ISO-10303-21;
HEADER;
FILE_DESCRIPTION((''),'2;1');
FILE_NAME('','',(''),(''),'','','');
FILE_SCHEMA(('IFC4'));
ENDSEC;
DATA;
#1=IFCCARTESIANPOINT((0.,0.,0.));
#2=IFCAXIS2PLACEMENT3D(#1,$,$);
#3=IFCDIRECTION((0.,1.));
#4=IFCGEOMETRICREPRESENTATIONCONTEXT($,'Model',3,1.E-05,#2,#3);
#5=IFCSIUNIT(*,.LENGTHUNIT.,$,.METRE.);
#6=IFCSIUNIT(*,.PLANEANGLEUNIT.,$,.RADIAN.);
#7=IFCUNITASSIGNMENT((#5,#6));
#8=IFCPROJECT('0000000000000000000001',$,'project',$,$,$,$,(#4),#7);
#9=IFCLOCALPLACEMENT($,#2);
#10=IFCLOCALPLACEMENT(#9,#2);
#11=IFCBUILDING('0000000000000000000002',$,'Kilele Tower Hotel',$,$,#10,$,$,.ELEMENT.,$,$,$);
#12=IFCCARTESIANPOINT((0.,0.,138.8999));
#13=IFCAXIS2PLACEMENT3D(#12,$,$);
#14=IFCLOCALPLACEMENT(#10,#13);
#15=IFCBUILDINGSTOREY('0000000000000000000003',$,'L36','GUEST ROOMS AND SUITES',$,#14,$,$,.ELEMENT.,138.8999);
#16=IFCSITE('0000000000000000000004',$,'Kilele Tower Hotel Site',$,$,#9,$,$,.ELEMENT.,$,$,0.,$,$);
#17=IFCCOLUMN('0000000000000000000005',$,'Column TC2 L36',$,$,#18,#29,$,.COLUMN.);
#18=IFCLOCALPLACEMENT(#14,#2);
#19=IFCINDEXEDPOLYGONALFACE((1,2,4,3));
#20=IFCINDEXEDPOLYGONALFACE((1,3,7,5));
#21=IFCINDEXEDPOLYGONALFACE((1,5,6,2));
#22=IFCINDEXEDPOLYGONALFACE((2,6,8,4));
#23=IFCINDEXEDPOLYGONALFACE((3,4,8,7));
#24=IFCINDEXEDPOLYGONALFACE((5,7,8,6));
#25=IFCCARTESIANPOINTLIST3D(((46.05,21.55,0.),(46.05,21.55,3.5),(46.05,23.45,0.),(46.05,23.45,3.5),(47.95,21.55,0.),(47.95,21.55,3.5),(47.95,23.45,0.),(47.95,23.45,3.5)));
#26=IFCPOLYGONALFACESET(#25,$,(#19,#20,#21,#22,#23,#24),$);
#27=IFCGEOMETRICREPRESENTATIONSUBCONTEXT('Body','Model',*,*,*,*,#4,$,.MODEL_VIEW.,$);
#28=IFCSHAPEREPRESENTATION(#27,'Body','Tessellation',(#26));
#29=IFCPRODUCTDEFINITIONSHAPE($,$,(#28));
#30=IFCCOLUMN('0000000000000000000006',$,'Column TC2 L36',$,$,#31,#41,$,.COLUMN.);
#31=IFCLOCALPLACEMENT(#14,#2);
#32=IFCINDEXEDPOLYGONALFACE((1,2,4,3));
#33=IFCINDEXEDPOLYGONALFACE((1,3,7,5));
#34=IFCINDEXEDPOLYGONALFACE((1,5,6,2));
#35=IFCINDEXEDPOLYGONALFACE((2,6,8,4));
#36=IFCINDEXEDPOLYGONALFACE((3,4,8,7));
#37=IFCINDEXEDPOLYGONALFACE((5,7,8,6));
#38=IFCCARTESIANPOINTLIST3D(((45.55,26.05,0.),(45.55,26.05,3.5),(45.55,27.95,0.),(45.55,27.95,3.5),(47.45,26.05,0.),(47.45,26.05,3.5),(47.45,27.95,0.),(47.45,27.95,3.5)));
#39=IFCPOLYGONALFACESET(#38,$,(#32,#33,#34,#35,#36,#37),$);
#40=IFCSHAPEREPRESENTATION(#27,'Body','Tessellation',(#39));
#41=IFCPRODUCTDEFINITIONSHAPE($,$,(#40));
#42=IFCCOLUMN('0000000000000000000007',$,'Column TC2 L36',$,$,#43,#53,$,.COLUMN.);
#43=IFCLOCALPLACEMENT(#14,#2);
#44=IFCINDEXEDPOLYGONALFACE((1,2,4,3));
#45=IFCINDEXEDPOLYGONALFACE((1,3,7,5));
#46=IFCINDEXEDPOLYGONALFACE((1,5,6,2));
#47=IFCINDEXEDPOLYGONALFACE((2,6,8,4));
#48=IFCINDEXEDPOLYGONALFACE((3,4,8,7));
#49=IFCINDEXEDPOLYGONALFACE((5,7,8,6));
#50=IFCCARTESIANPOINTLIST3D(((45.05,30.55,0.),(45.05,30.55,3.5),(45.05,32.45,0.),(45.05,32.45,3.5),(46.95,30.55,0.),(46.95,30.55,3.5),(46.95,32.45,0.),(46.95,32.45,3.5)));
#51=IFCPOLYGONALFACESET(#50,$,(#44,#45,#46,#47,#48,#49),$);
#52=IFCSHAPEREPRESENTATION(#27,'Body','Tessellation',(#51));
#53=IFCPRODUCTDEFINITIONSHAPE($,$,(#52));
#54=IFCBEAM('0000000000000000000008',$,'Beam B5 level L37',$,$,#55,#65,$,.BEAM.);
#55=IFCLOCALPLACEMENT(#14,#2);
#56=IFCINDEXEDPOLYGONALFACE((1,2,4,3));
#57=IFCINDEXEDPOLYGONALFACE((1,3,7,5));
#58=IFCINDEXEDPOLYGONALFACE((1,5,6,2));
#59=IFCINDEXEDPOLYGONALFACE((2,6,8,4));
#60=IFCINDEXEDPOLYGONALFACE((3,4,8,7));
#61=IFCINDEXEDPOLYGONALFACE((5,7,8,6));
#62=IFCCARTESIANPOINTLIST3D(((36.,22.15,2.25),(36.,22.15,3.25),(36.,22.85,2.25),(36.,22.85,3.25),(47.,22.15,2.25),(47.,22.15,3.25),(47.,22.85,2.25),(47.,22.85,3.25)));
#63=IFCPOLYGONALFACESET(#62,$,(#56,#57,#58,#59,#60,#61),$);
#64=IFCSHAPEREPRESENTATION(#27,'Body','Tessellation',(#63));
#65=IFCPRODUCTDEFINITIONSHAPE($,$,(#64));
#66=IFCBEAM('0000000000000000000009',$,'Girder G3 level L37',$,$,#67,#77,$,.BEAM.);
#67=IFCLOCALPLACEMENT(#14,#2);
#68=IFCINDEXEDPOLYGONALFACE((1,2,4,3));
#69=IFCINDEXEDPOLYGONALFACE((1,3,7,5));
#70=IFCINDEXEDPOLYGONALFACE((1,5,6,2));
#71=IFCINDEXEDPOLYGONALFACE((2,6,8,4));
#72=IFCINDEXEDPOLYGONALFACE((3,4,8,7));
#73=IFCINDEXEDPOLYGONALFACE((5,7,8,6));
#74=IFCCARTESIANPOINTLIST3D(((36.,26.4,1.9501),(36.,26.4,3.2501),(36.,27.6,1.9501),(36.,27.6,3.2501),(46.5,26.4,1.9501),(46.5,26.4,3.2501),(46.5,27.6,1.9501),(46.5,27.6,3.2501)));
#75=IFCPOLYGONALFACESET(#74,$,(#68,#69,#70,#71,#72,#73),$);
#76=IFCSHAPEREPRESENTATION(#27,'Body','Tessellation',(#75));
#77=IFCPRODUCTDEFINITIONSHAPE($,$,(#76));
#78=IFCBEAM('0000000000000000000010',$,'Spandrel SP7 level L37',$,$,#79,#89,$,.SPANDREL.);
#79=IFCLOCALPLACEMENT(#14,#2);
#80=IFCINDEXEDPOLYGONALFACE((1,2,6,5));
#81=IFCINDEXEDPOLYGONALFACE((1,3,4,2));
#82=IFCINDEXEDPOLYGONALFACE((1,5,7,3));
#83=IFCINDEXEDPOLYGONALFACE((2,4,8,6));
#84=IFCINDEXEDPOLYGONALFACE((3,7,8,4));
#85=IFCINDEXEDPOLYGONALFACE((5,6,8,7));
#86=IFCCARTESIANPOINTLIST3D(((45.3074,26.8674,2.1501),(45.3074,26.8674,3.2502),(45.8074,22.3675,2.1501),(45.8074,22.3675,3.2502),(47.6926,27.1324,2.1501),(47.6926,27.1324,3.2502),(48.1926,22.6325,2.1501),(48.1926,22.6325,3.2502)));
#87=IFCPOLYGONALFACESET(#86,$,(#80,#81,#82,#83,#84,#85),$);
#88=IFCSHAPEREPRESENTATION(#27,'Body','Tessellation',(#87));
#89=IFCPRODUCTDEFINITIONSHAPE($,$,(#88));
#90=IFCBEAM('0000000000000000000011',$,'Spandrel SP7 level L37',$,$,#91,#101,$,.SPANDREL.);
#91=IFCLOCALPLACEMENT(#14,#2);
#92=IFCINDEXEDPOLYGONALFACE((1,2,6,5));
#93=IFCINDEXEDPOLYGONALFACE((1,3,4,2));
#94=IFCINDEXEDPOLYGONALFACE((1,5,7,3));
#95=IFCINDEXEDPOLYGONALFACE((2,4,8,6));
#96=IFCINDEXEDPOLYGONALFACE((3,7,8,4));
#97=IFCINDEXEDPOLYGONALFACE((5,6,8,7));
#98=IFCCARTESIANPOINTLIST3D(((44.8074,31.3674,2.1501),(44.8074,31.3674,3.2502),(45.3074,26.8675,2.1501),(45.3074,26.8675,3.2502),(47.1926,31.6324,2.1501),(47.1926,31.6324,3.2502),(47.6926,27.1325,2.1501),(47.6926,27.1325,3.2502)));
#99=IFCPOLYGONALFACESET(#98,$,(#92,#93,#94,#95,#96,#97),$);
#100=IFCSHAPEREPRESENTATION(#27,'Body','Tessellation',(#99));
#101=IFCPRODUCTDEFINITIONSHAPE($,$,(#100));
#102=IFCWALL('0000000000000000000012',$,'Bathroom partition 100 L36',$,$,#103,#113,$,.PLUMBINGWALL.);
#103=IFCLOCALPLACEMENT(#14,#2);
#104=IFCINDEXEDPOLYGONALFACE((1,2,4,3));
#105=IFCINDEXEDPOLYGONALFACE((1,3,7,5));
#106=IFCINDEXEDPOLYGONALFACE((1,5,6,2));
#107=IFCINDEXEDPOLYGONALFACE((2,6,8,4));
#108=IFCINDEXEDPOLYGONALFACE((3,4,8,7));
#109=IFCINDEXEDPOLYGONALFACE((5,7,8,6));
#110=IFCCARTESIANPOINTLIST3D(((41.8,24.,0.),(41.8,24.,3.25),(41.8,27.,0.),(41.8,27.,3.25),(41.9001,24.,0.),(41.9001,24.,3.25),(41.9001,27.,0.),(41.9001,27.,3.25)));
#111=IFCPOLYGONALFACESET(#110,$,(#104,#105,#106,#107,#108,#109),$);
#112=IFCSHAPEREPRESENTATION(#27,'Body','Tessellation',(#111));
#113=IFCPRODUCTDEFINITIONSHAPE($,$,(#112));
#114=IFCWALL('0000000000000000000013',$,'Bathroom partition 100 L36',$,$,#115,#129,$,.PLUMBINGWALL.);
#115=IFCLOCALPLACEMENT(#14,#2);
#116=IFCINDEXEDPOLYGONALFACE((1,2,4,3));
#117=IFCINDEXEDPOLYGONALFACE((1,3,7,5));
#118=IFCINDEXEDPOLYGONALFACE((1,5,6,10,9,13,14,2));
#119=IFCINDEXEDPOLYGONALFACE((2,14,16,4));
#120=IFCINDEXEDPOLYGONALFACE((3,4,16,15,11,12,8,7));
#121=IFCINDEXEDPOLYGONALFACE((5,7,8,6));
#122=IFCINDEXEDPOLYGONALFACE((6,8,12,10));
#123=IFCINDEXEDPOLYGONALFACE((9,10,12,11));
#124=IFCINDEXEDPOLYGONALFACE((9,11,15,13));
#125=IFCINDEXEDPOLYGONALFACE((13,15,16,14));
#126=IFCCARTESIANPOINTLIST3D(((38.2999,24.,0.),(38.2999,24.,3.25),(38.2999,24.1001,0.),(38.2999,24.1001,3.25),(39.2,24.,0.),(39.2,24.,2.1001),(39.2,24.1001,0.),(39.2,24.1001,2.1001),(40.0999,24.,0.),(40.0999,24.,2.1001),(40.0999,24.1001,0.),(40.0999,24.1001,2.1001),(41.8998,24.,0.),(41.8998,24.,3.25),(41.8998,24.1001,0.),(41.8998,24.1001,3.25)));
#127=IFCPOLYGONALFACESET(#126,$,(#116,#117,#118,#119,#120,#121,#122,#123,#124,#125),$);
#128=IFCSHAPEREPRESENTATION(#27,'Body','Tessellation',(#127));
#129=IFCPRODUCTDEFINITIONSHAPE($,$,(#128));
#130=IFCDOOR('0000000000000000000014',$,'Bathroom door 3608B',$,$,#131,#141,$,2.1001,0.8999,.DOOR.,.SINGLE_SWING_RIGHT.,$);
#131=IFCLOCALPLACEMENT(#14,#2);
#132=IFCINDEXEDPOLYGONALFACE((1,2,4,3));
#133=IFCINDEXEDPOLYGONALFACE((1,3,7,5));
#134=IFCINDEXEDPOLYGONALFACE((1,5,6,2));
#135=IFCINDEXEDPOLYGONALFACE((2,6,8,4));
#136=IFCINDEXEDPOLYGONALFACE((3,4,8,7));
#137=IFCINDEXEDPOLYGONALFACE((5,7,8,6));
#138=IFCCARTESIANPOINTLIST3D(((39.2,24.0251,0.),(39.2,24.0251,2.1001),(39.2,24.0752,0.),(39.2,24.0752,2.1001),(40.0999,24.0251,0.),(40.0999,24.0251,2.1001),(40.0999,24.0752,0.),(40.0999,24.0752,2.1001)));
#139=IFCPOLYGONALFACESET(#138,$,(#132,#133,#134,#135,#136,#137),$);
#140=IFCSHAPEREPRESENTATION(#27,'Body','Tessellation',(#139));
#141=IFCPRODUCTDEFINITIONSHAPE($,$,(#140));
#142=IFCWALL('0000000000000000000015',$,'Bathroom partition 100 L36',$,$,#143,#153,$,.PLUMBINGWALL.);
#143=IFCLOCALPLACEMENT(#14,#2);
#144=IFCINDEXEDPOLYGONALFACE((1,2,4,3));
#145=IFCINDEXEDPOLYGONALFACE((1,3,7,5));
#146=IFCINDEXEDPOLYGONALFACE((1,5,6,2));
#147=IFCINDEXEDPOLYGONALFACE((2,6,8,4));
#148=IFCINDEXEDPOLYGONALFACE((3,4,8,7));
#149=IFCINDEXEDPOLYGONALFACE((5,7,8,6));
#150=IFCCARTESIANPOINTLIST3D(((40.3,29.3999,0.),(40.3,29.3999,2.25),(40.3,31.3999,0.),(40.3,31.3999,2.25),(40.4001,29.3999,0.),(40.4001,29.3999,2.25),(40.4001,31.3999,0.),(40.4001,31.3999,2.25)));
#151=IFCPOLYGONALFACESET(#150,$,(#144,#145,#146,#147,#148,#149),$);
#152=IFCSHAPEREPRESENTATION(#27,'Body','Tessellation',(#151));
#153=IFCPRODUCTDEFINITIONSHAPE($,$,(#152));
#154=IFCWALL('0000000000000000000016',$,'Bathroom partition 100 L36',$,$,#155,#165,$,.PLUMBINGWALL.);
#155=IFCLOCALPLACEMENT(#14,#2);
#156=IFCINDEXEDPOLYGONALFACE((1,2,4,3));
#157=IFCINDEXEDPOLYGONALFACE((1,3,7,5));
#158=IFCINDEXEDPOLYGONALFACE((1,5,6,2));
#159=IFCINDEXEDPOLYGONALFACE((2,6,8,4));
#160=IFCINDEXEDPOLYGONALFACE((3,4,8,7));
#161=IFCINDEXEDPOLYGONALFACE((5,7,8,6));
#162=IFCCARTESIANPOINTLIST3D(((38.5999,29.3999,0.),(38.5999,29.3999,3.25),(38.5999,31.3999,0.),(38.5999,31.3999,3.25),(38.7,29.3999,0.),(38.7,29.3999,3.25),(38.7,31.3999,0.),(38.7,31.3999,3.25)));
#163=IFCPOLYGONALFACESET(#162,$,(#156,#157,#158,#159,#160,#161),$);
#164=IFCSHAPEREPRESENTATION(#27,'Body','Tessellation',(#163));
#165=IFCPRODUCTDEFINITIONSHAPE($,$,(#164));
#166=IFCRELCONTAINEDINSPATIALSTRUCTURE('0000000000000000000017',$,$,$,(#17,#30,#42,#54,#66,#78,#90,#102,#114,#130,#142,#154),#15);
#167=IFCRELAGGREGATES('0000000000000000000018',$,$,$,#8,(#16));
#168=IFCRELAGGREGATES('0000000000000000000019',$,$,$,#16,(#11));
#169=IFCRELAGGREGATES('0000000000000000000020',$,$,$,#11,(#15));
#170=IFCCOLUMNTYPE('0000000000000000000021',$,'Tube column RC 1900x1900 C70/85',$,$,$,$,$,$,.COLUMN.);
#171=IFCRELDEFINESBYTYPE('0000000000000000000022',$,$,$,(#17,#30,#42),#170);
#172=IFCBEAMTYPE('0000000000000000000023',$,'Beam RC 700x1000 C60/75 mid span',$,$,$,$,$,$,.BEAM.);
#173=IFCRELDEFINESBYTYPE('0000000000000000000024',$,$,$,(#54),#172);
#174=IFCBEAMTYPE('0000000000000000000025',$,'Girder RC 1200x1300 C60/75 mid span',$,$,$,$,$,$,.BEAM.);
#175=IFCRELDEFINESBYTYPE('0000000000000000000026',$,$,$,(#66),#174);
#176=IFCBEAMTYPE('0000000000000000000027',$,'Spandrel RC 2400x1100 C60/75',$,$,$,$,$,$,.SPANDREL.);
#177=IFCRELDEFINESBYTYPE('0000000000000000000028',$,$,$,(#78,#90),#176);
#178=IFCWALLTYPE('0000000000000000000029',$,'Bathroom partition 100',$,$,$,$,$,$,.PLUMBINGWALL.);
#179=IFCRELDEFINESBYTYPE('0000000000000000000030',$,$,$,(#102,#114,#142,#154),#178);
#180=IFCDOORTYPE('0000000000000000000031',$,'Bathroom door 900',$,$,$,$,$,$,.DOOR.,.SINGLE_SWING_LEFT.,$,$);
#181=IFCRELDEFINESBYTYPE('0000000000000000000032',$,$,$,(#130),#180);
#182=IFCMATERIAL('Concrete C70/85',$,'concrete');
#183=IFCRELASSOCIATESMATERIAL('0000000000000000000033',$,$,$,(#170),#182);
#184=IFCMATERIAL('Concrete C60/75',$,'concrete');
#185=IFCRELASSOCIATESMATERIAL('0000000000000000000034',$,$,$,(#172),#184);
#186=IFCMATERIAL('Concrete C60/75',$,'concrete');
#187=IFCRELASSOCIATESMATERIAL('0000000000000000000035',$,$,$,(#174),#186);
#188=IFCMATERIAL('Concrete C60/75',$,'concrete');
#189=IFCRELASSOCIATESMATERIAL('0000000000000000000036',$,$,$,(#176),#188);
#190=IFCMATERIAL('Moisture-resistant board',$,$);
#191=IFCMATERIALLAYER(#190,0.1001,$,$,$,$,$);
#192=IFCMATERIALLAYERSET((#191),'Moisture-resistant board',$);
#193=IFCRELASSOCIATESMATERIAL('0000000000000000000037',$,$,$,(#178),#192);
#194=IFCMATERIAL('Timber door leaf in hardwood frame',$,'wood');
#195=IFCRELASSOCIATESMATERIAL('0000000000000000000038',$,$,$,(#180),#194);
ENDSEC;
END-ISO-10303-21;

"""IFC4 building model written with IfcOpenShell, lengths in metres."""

from ifc_helpers import new_model, si_unit, direction, frame, frame_2d, origin, origin_2d, place, context, subcontext, project, spatial, rectangle, extrude, material, layer, layer_set, material_profile, profile_set, type_object, element, fill, save


model = new_model("IFC4")

# Units and contexts
model_context = context("Model", 3, precision=1e-05, world=origin(), true_north=direction((0.0, 1.0)))
body_context = subcontext(model_context, "Body", "Model", "MODEL_VIEW")
ifc_project = project(units=[si_unit("LENGTHUNIT", "METRE"), si_unit("PLANEANGLEUNIT", "RADIAN")], contexts=[model_context])

# Site, building, storey
site_placement = place(None, origin())
site = spatial("IfcSite", under=ifc_project, at=site_placement, Name="Kilele Tower Hotel Site", CompositionType="ELEMENT", RefElevation=0.0)
building_placement = place(site_placement, origin())
building = spatial("IfcBuilding", under=site, at=building_placement, Name="Kilele Tower Hotel", CompositionType="ELEMENT")
storey_placement = place(building_placement, frame((0.0, 0.0, 138.8999)))
storey = spatial("IfcBuildingStorey", under=building, at=storey_placement, Name="L36", Description="GUEST ROOMS AND SUITES", CompositionType="ELEMENT", Elevation=138.8999)

# Columns
ifc_material_1 = material(Name="Concrete C70/85", Category="concrete")
ifc_material_profile_1 = material_profile(ifc_material_1, rectangle(XDim=1.8999, YDim=1.8999, at=origin_2d()))
ifc_profile_set_1 = profile_set([ifc_material_profile_1], Name="Concrete C70/85")
column_type = type_object("IfcColumnType", Name="Tube column RC 1900x1900 C70/85", PredefinedType="COLUMN", material=ifc_profile_set_1)
for number, where, z_axis, x_axis, name in (
    (1, (47.0, 22.5, 0.0), (0.0, 0.0, 1.0), (1.0, 0.0, 0.0), "Column TC2 L36"),
    (2, (46.5, 27.0, 0.0), (0.0, 0.0, 1.0), (1.0, 0.0, 0.0), "Column TC2 L36"),
    (3, (46.0, 31.5, 0.0), (0.0, 0.0, 1.0), (1.0, 0.0, 0.0), "Column TC2 L36"),
):
    element("IfcColumn", number, at=place(storey_placement, frame(where, z_axis=z_axis, x_axis=x_axis)), inside=storey, type_object=column_type, Name=name, PredefinedType="COLUMN", context=body_context, shape_type="SweptSolid", body=[
        extrude(rectangle(XDim=1.8999, YDim=1.8999, at=origin_2d()), origin(), (0.0, 0.0, 1.0), 3.5),
    ])

# Beams
ifc_material_2 = material(Name="Concrete C60/75", Category="concrete")
ifc_material_profile_2 = material_profile(ifc_material_2, rectangle(XDim=0.7, YDim=1.0, at=origin_2d()))
ifc_profile_set_2 = profile_set([ifc_material_profile_2], Name="Concrete C60/75")
beam_type_1 = type_object("IfcBeamType", Name="Beam RC 700x1000 C60/75 mid span", PredefinedType="BEAM", material=ifc_profile_set_2)
beam_1_placement = place(storey_placement, frame((47.0, 22.5, 2.75), z_axis=(-1.0, 0.0, 0.0), x_axis=(0.0, -1.0, 0.0)))
element("IfcBeam", 4, at=beam_1_placement, inside=storey, type_object=beam_type_1, Name="Beam B5 level L37", PredefinedType="BEAM", context=body_context, shape_type="SweptSolid", body=[
    extrude(rectangle(XDim=0.7, YDim=1.0, at=origin_2d()), origin(), (0.0, 0.0, 1.0), 11.0),
])
ifc_material_3 = material(Name="Concrete C60/75", Category="concrete")
ifc_material_profile_3 = material_profile(ifc_material_3, rectangle(XDim=1.2, YDim=1.3, at=origin_2d()))
ifc_profile_set_3 = profile_set([ifc_material_profile_3], Name="Concrete C60/75")
beam_type_2 = type_object("IfcBeamType", Name="Girder RC 1200x1300 C60/75 mid span", PredefinedType="BEAM", material=ifc_profile_set_3)
beam_2_placement = place(storey_placement, frame((46.5, 27.0, 2.6001), z_axis=(-1.0, 0.0, 0.0), x_axis=(0.0, -1.0, 0.0)))
element("IfcBeam", 5, at=beam_2_placement, inside=storey, type_object=beam_type_2, Name="Girder G3 level L37", PredefinedType="BEAM", context=body_context, shape_type="SweptSolid", body=[
    extrude(rectangle(XDim=1.2, YDim=1.3, at=origin_2d()), origin(), (0.0, 0.0, 1.0), 10.5),
])
ifc_material_4 = material(Name="Concrete C60/75", Category="concrete")
ifc_material_profile_4 = material_profile(ifc_material_4, rectangle(XDim=2.3999, YDim=1.1001, at=origin_2d()))
ifc_profile_set_4 = profile_set([ifc_material_profile_4], Name="Concrete C60/75")
beam_type_3 = type_object("IfcBeamType", Name="Spandrel RC 2400x1100 C60/75", PredefinedType="SPANDREL", material=ifc_profile_set_4)
for number, where, z_axis, x_axis, name in (
    (6, (47.0, 22.5, 2.7002), (-0.110432, 0.993884, 0.0), (-0.993884, -0.110432, 0.0), "Spandrel SP7 level L37"),
    (7, (46.5, 27.0, 2.7002), (-0.110432, 0.993884, 0.0), (-0.993884, -0.110432, 0.0), "Spandrel SP7 level L37"),
):
    element("IfcBeam", number, at=place(storey_placement, frame(where, z_axis=z_axis, x_axis=x_axis)), inside=storey, type_object=beam_type_3, Name=name, PredefinedType="SPANDREL", context=body_context, shape_type="SweptSolid", body=[
        extrude(rectangle(XDim=2.3999, YDim=1.1001, at=origin_2d()), origin(), (0.0, 0.0, 1.0), 4.5276),
    ])

# Wall
ifc_material_5 = material(Name="Moisture-resistant board")
ifc_layer_1 = layer(ifc_material_5, 0.1001)
ifc_layer_set_1 = layer_set([ifc_layer_1], Name="Moisture-resistant board")
wall_type_1 = type_object("IfcWallType", Name="Bathroom partition 100", PredefinedType="PLUMBINGWALL", material=ifc_layer_set_1)
wall_1_placement = place(storey_placement, frame((41.8501, 24.0, 0.0), z_axis=(0.0, 0.0, 1.0), x_axis=(0.0, 1.0, 0.0)))
element("IfcWall", 8, at=wall_1_placement, inside=storey, type_object=wall_type_1, Name="Bathroom partition 100 L36", PredefinedType="PLUMBINGWALL", context=body_context, shape_type="SweptSolid", body=[
    extrude(rectangle(XDim=3.0, YDim=0.1001, at=frame_2d((1.5, 0.0))), origin(), (0.0, 0.0, 1.0), 3.25),
])

# Wall, opening, door
wall_2_placement = place(storey_placement, frame((38.3, 24.05, 0.0), z_axis=(0.0, 0.0, 1.0), x_axis=(1.0, 0.0, 0.0)))
wall_2 = element("IfcWall", 9, at=wall_2_placement, inside=storey, type_object=wall_type_1, Name="Bathroom partition 100 L36", PredefinedType="PLUMBINGWALL", context=body_context, shape_type="SweptSolid", body=[
    extrude(rectangle(XDim=3.5999, YDim=0.1001, at=frame_2d((1.7998, 0.0))), origin(), (0.0, 0.0, 1.0), 3.25),
])
opening_1_placement = place(wall_2_placement, frame((1.7998, 0.0, 0.0), z_axis=(0.0, 0.0, 1.0), x_axis=(-1.0, 0.0, 0.0)))
opening_1 = element("IfcOpeningElement", 10, at=opening_1_placement, cuts=wall_2, PredefinedType="OPENING", context=body_context, shape_type="SweptSolid", body=[
    extrude(rectangle(XDim=0.8999, YDim=2.1001, at=frame_2d((0.45, 1.05))), frame((0.0, 0.0601, 0.0), z_axis=(0.0, -1.0, 0.0), x_axis=(1.0, 0.0, 0.0)), (0.0, 0.0, 1.0), 0.1201),
])
ifc_material_6 = material(Name="Timber door leaf in hardwood frame", Category="wood")
door_type_1 = type_object("IfcDoorType", Name="Bathroom door 900", OperationType="SINGLE_SWING_LEFT", PredefinedType="DOOR", material=ifc_material_6)
door_1_placement = place(opening_1_placement, origin())
door_1 = element("IfcDoor", 11, at=door_1_placement, inside=storey, type_object=door_type_1, Name="Bathroom door 3608B", OperationType="SINGLE_SWING_RIGHT", OverallHeight=2.1001, OverallWidth=0.8999, PredefinedType="DOOR", context=body_context, shape_type="SweptSolid", body=[
    extrude(rectangle(XDim=0.8999, YDim=2.1001, at=frame_2d((0.45, 1.05))), frame((0.0, 0.0249, 0.0), z_axis=(0.0, -1.0, 0.0), x_axis=(1.0, 0.0, 0.0)), (0.0, 0.0, 1.0), 0.05),
])
fill(opening_1, door_1)

# Walls
wall_3_placement = place(storey_placement, frame((40.3501, 31.3999, 0.0), z_axis=(0.0, 0.0, 1.0), x_axis=(0.0, -1.0, 0.0)))
element("IfcWall", 12, at=wall_3_placement, inside=storey, type_object=wall_type_1, Name="Bathroom partition 100 L36", PredefinedType="PLUMBINGWALL", context=body_context, shape_type="SweptSolid", body=[
    extrude(rectangle(XDim=2.0, YDim=0.1001, at=frame_2d((1.0, 0.0))), origin(), (0.0, 0.0, 1.0), 2.25),
])
wall_4_placement = place(storey_placement, frame((38.6499, 31.3999, 0.0), z_axis=(0.0, 0.0, 1.0), x_axis=(0.0, -1.0, 0.0)))
element("IfcWall", 13, at=wall_4_placement, inside=storey, type_object=wall_type_1, Name="Bathroom partition 100 L36", PredefinedType="PLUMBINGWALL", context=body_context, shape_type="SweptSolid", body=[
    extrude(rectangle(XDim=2.0, YDim=0.1001, at=frame_2d((1.0, 0.0))), origin(), (0.0, 0.0, 1.0), 3.25),
])

save(model, "model.ifc")
